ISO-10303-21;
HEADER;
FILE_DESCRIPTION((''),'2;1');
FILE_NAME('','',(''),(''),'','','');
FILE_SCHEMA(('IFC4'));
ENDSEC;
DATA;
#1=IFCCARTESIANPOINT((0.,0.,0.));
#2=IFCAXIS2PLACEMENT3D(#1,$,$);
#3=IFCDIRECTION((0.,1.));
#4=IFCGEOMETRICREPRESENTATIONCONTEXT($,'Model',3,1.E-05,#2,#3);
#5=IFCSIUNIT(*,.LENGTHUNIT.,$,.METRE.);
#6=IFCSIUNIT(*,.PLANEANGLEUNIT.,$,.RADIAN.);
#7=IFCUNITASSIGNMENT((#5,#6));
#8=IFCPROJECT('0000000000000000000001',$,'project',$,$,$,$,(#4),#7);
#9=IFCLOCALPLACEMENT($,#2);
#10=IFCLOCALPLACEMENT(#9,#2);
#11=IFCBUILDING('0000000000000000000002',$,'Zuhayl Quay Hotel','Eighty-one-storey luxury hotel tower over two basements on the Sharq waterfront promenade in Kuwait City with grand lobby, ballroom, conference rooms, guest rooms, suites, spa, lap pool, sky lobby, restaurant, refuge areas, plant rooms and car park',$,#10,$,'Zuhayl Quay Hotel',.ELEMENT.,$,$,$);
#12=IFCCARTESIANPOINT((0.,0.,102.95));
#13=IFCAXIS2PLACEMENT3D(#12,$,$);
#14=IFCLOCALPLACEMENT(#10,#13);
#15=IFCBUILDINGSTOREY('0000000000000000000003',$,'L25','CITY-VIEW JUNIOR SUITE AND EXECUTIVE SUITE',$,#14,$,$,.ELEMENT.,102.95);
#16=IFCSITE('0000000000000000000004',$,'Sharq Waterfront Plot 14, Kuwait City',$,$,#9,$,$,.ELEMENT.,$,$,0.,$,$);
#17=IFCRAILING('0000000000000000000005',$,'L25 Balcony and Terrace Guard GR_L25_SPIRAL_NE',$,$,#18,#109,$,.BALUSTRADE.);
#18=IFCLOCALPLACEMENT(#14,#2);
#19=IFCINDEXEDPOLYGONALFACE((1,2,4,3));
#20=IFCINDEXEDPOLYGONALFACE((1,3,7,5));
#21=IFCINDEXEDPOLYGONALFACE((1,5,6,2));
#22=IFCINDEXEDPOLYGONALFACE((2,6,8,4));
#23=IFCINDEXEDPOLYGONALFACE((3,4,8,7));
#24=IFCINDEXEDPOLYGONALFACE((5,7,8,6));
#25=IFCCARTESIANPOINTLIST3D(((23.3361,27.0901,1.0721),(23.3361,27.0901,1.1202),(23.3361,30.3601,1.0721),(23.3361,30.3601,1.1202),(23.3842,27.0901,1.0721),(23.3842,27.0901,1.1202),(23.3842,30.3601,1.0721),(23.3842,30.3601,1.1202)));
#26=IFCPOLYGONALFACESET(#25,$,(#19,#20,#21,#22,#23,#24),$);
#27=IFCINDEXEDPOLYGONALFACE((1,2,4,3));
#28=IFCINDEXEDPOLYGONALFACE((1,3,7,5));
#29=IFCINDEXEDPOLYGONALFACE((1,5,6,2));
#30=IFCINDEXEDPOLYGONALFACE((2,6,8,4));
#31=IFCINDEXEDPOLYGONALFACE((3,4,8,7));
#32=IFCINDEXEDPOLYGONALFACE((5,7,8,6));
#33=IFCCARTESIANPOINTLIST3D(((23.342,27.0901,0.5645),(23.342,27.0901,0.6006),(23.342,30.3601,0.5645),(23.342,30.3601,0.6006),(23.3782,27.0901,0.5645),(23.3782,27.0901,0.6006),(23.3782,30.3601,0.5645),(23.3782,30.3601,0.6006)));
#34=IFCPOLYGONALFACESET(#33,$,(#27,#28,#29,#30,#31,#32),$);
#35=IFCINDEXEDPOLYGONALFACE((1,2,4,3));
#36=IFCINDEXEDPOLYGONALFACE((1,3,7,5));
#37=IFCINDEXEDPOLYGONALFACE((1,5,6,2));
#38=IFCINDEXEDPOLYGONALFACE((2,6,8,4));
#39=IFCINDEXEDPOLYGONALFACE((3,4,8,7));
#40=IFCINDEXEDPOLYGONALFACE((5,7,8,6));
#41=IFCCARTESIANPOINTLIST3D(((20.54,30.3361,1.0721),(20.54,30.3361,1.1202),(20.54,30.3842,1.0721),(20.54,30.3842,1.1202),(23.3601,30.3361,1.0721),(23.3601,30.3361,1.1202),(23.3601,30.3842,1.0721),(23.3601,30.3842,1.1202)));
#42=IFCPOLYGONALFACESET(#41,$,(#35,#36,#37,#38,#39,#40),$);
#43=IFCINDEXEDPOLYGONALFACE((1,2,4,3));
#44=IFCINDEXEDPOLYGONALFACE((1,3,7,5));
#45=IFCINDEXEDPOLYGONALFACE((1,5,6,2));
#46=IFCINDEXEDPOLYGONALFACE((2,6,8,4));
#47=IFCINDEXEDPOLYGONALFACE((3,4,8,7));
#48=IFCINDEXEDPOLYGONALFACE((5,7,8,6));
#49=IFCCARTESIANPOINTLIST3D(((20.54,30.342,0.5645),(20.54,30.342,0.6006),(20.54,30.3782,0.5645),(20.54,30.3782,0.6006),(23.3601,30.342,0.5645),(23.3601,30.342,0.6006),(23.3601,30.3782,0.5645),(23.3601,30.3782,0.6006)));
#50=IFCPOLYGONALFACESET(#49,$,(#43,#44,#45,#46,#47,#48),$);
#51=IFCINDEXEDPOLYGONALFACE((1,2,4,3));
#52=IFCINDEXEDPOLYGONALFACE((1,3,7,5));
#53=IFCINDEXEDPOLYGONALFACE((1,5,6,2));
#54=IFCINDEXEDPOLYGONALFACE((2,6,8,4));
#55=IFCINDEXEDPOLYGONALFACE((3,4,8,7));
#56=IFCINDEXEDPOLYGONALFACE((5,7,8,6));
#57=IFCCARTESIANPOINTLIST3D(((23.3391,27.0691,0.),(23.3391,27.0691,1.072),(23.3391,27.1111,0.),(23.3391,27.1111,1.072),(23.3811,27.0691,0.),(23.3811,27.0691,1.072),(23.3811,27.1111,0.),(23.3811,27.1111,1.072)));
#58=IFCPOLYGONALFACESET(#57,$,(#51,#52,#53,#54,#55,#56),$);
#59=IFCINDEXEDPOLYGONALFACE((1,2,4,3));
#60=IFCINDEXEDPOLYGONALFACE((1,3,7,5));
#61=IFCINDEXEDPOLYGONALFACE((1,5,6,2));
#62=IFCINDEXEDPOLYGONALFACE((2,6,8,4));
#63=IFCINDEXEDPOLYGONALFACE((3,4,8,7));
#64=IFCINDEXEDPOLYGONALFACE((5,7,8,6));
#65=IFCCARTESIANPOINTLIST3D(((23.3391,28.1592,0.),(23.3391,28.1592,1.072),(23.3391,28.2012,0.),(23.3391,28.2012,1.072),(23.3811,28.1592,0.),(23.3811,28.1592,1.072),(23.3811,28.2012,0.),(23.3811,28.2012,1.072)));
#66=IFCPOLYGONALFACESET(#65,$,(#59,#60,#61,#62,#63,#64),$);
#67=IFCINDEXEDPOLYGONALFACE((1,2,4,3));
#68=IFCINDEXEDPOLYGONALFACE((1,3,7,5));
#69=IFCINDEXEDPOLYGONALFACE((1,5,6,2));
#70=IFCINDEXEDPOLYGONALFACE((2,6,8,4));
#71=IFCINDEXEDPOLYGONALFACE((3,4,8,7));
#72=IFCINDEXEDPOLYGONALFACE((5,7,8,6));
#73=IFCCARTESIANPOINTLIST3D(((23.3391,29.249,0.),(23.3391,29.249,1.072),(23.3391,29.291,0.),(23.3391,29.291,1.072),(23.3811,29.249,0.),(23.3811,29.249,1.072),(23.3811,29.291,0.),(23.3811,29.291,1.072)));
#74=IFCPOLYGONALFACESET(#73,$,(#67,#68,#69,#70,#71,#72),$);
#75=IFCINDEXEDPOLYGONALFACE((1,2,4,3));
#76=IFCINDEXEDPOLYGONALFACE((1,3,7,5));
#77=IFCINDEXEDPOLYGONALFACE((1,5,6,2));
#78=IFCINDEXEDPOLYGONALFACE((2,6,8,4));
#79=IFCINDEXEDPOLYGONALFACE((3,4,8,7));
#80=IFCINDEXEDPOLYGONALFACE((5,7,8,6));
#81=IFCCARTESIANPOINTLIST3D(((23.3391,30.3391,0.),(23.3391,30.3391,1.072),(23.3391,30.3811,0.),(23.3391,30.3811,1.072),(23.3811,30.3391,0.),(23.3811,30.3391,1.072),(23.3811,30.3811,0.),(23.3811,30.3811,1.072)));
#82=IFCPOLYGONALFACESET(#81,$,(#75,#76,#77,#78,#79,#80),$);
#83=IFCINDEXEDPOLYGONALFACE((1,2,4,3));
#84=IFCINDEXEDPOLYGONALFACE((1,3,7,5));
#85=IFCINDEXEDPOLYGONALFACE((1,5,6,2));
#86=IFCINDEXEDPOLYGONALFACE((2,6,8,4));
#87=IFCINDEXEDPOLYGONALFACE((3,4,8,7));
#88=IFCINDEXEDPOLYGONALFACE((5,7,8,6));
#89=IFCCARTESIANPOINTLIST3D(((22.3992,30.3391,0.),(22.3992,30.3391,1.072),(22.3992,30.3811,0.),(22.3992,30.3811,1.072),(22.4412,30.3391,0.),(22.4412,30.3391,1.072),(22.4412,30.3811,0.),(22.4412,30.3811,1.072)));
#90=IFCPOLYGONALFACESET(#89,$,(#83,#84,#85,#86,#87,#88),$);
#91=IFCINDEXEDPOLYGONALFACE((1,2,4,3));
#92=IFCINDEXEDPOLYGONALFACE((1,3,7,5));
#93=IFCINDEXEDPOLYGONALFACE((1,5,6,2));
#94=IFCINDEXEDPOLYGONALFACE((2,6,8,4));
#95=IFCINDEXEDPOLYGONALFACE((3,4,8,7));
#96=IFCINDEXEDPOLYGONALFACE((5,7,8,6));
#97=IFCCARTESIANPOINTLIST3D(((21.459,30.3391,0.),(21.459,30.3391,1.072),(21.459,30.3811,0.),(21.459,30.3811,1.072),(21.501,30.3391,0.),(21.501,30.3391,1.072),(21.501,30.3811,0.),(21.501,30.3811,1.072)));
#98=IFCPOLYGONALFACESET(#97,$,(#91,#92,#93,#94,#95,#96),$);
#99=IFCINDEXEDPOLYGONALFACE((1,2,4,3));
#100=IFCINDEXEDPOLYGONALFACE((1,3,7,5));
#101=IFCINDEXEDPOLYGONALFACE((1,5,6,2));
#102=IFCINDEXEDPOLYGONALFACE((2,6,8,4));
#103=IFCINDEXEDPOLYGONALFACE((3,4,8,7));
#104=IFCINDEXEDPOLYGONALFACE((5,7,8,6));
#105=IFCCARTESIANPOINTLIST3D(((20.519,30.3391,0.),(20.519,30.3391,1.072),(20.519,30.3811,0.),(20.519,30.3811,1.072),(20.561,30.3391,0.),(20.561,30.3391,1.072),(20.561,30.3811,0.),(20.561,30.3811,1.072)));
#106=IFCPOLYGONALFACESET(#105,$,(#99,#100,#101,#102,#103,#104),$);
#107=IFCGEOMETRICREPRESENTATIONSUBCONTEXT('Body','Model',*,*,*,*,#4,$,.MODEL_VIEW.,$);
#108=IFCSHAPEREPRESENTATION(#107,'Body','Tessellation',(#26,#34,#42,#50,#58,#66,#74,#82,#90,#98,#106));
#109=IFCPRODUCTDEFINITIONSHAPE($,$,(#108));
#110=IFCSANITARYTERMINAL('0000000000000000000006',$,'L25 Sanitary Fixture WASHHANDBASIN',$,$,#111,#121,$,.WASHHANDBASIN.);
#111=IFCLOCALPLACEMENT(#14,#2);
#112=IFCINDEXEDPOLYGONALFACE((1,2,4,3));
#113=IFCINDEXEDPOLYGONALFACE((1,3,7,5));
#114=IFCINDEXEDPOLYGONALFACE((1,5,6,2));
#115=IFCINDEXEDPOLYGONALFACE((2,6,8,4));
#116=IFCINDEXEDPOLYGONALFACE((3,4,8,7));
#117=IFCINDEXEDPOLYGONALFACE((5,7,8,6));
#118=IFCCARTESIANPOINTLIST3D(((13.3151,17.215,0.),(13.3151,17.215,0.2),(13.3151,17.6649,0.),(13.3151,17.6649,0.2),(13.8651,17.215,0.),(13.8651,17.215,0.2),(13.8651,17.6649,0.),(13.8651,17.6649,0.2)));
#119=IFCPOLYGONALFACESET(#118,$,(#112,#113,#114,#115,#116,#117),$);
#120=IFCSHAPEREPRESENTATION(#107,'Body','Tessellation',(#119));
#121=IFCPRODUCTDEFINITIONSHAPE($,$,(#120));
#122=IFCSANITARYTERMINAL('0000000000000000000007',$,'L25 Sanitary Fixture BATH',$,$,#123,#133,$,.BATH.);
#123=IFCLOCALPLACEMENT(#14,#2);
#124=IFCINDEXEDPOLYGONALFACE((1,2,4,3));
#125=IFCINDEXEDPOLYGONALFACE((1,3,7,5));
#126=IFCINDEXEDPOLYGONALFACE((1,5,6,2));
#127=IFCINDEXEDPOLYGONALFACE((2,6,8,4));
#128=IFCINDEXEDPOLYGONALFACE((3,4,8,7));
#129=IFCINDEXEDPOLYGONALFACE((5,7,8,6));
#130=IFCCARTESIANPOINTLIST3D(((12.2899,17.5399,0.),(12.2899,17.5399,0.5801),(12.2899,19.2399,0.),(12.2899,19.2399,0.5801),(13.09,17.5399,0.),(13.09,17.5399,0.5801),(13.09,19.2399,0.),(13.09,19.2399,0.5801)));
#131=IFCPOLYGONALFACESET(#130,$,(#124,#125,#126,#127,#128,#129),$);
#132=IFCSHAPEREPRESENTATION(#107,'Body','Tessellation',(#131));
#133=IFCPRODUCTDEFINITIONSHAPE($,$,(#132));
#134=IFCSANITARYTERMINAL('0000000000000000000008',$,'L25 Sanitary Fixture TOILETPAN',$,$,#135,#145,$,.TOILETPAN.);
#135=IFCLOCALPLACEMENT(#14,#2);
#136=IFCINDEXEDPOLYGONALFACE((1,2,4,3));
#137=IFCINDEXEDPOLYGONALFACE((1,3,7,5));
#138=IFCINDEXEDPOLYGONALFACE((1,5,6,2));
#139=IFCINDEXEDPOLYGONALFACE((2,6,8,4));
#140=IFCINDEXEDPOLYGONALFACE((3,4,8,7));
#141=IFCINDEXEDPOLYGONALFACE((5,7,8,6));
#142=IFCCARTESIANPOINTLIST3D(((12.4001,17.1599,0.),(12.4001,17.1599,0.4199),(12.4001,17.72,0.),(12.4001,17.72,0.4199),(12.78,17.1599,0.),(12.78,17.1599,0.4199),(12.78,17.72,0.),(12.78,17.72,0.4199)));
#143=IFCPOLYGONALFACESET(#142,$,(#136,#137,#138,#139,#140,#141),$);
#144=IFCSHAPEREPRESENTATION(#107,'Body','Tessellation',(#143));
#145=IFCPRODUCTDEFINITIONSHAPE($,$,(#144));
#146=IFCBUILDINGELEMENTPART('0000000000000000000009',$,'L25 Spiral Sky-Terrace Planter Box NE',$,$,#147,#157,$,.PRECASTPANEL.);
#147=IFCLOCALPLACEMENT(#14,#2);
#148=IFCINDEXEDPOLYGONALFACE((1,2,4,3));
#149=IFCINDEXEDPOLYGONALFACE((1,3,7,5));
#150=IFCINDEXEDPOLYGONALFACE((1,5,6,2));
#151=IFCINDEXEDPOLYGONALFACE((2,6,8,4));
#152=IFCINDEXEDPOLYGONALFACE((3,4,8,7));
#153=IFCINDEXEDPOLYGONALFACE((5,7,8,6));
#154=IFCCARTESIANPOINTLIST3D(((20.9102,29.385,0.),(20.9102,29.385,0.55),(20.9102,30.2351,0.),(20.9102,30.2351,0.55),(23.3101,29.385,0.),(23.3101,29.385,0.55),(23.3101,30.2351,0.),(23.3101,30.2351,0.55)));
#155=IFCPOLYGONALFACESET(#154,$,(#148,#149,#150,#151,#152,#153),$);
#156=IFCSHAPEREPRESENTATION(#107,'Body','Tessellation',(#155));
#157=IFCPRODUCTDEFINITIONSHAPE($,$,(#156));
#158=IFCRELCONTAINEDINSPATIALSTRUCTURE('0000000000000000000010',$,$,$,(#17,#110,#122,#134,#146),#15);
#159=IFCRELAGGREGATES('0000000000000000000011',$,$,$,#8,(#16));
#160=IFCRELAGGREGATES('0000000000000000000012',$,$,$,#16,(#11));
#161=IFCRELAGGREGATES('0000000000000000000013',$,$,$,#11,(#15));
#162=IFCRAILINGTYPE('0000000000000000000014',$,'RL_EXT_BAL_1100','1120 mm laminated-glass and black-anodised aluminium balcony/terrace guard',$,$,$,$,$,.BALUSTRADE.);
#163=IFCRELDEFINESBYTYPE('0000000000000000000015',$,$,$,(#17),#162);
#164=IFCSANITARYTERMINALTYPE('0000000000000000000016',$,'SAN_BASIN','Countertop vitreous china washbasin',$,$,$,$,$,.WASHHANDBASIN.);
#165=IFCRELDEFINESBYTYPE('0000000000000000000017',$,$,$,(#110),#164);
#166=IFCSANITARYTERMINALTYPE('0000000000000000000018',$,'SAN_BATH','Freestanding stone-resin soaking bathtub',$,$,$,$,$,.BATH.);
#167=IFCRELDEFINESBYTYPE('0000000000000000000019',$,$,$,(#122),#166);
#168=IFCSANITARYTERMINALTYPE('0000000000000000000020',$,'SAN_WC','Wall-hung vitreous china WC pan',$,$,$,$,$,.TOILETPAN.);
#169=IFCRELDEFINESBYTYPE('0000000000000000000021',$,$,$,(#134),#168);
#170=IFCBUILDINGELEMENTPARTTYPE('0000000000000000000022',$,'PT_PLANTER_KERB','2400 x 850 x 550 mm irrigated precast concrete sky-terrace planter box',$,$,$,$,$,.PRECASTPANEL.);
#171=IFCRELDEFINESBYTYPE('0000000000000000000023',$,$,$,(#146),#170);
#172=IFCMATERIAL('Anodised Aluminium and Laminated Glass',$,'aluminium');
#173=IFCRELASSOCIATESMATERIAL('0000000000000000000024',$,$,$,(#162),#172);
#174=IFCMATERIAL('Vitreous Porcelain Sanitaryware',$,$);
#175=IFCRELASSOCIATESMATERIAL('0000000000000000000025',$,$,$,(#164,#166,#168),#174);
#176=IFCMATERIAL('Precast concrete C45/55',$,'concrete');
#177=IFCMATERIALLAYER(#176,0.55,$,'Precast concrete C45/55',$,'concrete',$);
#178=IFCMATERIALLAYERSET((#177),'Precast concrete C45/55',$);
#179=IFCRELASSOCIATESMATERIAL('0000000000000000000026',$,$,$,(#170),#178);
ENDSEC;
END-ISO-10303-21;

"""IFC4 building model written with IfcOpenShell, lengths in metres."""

from ifc_helpers import new_model, si_unit, direction, frame, origin, origin_2d, place, context, subcontext, project, spatial, rectangle, extrude, material, layer, layer_set, type_object, element, save


model = new_model("IFC4")

# Units and contexts
model_context = context("Model", 3, precision=1e-05, world=origin(), true_north=direction((0.0, 1.0)))
body_context = subcontext(model_context, "Body", "Model", "MODEL_VIEW")
ifc_project = project(units=[si_unit("LENGTHUNIT", "METRE"), si_unit("PLANEANGLEUNIT", "RADIAN")], contexts=[model_context])

# Site, building, storey
site_placement = place(None, origin())
site = spatial("IfcSite", under=ifc_project, at=site_placement, Name="Sharq Waterfront Plot 14, Kuwait City", CompositionType="ELEMENT", RefElevation=0.0)
building_placement = place(site_placement, origin())
building = spatial("IfcBuilding", under=site, at=building_placement, Name="Zuhayl Quay Hotel", Description="Eighty-one-storey luxury hotel tower over two basements on the Sharq waterfront promenade in Kuwait City with grand lobby, ballroom, conference rooms, guest rooms, suites, spa, lap pool, sky lobby, restaurant, refuge areas, plant rooms and car park", LongName="Zuhayl Quay Hotel", CompositionType="ELEMENT")
storey_placement = place(building_placement, frame((0.0, 0.0, 102.95)))
storey = spatial("IfcBuildingStorey", under=building, at=storey_placement, Name="L25", Description="CITY-VIEW JUNIOR SUITE AND EXECUTIVE SUITE", CompositionType="ELEMENT", Elevation=102.95)

# Shared definitions
ifc_material_1 = material(Name="Precast concrete C45/55", Category="concrete")

# Railing
ifc_material_2 = material(Name="Anodised Aluminium and Laminated Glass", Category="aluminium")
railing_type = type_object("IfcRailingType", Name="RL_EXT_BAL_1100", Description="1120 mm laminated-glass and black-anodised aluminium balcony/terrace guard", PredefinedType="BALUSTRADE", material=ifc_material_2)
railing_placement = place(storey_placement, frame((23.3601, 27.0901, 0.0)))
element("IfcRailing", 1, at=railing_placement, inside=storey, type_object=railing_type, Name="L25 Balcony and Terrace Guard GR_L25_SPIRAL_NE", PredefinedType="BALUSTRADE", context=body_context, shape_type="SweptSolid", body=[
    extrude(rectangle(XDim=0.0481, YDim=0.0481, at=origin_2d()), frame((0.0, 0.0, 1.0962), z_axis=(0.0, 1.0, 0.0), x_axis=(-1.0, 0.0, 0.0)), (0.0, 0.0, 1.0), 3.27),
    extrude(rectangle(XDim=0.0361, YDim=0.0361, at=origin_2d()), frame((0.0, 0.0, 0.5825), z_axis=(0.0, 1.0, 0.0), x_axis=(-1.0, 0.0, 0.0)), (0.0, 0.0, 1.0), 3.27),
    extrude(rectangle(XDim=0.0481, YDim=0.0481, at=origin_2d()), frame((0.0, 3.27, 1.0962), z_axis=(-1.0, 0.0, 0.0), x_axis=(0.0, -1.0, 0.0)), (0.0, 0.0, 1.0), 2.8201),
    extrude(rectangle(XDim=0.0361, YDim=0.0361, at=origin_2d()), frame((0.0, 3.27, 0.5825), z_axis=(-1.0, 0.0, 0.0), x_axis=(0.0, -1.0, 0.0)), (0.0, 0.0, 1.0), 2.8201),
    extrude(rectangle(XDim=0.042, YDim=0.042, at=origin_2d()), origin(), (0.0, 0.0, 1.0), 1.072),
    extrude(rectangle(XDim=0.042, YDim=0.042, at=origin_2d()), frame((0.0, 1.0901, 0.0)), (0.0, 0.0, 1.0), 1.072),
    extrude(rectangle(XDim=0.042, YDim=0.042, at=origin_2d()), frame((0.0, 2.1799, 0.0)), (0.0, 0.0, 1.0), 1.072),
    extrude(rectangle(XDim=0.042, YDim=0.042, at=origin_2d()), frame((0.0, 3.27, 0.0)), (0.0, 0.0, 1.0), 1.072),
    extrude(rectangle(XDim=0.042, YDim=0.042, at=origin_2d()), frame((-0.9399, 3.27, 0.0)), (0.0, 0.0, 1.0), 1.072),
    extrude(rectangle(XDim=0.042, YDim=0.042, at=origin_2d()), frame((-1.8801, 3.27, 0.0)), (0.0, 0.0, 1.0), 1.072),
    extrude(rectangle(XDim=0.042, YDim=0.042, at=origin_2d()), frame((-2.8201, 3.27, 0.0)), (0.0, 0.0, 1.0), 1.072),
])

# Sanitary terminals
ifc_material_3 = material(Name="Vitreous Porcelain Sanitaryware")
sanitary_terminal_type_1 = type_object("IfcSanitaryTerminalType", Name="SAN_BASIN", Description="Countertop vitreous china washbasin", PredefinedType="WASHHANDBASIN", material=ifc_material_3)
sanitary_terminal_1_placement = place(storey_placement, frame((13.5901, 17.4399, 0.0), z_axis=(0.0, 0.0, 1.0), x_axis=(1.0, 0.0, 0.0)))
element("IfcSanitaryTerminal", 2, at=sanitary_terminal_1_placement, inside=storey, type_object=sanitary_terminal_type_1, Name="L25 Sanitary Fixture WASHHANDBASIN", PredefinedType="WASHHANDBASIN", context=body_context, shape_type="SweptSolid", body=[
    extrude(rectangle(XDim=0.55, YDim=0.45, at=origin_2d()), origin(), (0.0, 0.0, 1.0), 0.2),
])
sanitary_terminal_type_2 = type_object("IfcSanitaryTerminalType", Name="SAN_BATH", Description="Freestanding stone-resin soaking bathtub", PredefinedType="BATH", material=ifc_material_3)
sanitary_terminal_2_placement = place(storey_placement, frame((12.6899, 18.3899, 0.0), z_axis=(0.0, 0.0, 1.0), x_axis=(1.0, 0.0, 0.0)))
element("IfcSanitaryTerminal", 3, at=sanitary_terminal_2_placement, inside=storey, type_object=sanitary_terminal_type_2, Name="L25 Sanitary Fixture BATH", PredefinedType="BATH", context=body_context, shape_type="SweptSolid", body=[
    extrude(rectangle(XDim=0.8, YDim=1.7, at=origin_2d()), origin(), (0.0, 0.0, 1.0), 0.5801),
])
sanitary_terminal_type_3 = type_object("IfcSanitaryTerminalType", Name="SAN_WC", Description="Wall-hung vitreous china WC pan", PredefinedType="TOILETPAN", material=ifc_material_3)
sanitary_terminal_3_placement = place(storey_placement, frame((12.5901, 17.4399, 0.0), z_axis=(0.0, 0.0, 1.0), x_axis=(1.0, 0.0, 0.0)))
element("IfcSanitaryTerminal", 4, at=sanitary_terminal_3_placement, inside=storey, type_object=sanitary_terminal_type_3, Name="L25 Sanitary Fixture TOILETPAN", PredefinedType="TOILETPAN", context=body_context, shape_type="SweptSolid", body=[
    extrude(rectangle(XDim=0.3799, YDim=0.5601, at=origin_2d()), origin(), (0.0, 0.0, 1.0), 0.4199),
])

# Building element part
ifc_layer_1 = layer(ifc_material_1, 0.55, Name="Precast concrete C45/55", Category="concrete")
ifc_layer_set_1 = layer_set([ifc_layer_1], Name="Precast concrete C45/55")
building_element_part_type = type_object("IfcBuildingElementPartType", Name="PT_PLANTER_KERB", Description="2400 x 850 x 550 mm irrigated precast concrete sky-terrace planter box", PredefinedType="PRECASTPANEL", material=ifc_layer_set_1)
building_element_part_placement = place(storey_placement, frame((22.1101, 29.8101, 0.0), z_axis=(0.0, 0.0, 1.0), x_axis=(1.0, 0.0, 0.0)))
element("IfcBuildingElementPart", 5, at=building_element_part_placement, inside=storey, type_object=building_element_part_type, Name="L25 Spiral Sky-Terrace Planter Box NE", PredefinedType="PRECASTPANEL", context=body_context, shape_type="SweptSolid", body=[
    extrude(rectangle(XDim=2.3999, YDim=0.8501, at=origin_2d()), origin(), (0.0, 0.0, 1.0), 0.55),
])

save(model, "model.ifc")
